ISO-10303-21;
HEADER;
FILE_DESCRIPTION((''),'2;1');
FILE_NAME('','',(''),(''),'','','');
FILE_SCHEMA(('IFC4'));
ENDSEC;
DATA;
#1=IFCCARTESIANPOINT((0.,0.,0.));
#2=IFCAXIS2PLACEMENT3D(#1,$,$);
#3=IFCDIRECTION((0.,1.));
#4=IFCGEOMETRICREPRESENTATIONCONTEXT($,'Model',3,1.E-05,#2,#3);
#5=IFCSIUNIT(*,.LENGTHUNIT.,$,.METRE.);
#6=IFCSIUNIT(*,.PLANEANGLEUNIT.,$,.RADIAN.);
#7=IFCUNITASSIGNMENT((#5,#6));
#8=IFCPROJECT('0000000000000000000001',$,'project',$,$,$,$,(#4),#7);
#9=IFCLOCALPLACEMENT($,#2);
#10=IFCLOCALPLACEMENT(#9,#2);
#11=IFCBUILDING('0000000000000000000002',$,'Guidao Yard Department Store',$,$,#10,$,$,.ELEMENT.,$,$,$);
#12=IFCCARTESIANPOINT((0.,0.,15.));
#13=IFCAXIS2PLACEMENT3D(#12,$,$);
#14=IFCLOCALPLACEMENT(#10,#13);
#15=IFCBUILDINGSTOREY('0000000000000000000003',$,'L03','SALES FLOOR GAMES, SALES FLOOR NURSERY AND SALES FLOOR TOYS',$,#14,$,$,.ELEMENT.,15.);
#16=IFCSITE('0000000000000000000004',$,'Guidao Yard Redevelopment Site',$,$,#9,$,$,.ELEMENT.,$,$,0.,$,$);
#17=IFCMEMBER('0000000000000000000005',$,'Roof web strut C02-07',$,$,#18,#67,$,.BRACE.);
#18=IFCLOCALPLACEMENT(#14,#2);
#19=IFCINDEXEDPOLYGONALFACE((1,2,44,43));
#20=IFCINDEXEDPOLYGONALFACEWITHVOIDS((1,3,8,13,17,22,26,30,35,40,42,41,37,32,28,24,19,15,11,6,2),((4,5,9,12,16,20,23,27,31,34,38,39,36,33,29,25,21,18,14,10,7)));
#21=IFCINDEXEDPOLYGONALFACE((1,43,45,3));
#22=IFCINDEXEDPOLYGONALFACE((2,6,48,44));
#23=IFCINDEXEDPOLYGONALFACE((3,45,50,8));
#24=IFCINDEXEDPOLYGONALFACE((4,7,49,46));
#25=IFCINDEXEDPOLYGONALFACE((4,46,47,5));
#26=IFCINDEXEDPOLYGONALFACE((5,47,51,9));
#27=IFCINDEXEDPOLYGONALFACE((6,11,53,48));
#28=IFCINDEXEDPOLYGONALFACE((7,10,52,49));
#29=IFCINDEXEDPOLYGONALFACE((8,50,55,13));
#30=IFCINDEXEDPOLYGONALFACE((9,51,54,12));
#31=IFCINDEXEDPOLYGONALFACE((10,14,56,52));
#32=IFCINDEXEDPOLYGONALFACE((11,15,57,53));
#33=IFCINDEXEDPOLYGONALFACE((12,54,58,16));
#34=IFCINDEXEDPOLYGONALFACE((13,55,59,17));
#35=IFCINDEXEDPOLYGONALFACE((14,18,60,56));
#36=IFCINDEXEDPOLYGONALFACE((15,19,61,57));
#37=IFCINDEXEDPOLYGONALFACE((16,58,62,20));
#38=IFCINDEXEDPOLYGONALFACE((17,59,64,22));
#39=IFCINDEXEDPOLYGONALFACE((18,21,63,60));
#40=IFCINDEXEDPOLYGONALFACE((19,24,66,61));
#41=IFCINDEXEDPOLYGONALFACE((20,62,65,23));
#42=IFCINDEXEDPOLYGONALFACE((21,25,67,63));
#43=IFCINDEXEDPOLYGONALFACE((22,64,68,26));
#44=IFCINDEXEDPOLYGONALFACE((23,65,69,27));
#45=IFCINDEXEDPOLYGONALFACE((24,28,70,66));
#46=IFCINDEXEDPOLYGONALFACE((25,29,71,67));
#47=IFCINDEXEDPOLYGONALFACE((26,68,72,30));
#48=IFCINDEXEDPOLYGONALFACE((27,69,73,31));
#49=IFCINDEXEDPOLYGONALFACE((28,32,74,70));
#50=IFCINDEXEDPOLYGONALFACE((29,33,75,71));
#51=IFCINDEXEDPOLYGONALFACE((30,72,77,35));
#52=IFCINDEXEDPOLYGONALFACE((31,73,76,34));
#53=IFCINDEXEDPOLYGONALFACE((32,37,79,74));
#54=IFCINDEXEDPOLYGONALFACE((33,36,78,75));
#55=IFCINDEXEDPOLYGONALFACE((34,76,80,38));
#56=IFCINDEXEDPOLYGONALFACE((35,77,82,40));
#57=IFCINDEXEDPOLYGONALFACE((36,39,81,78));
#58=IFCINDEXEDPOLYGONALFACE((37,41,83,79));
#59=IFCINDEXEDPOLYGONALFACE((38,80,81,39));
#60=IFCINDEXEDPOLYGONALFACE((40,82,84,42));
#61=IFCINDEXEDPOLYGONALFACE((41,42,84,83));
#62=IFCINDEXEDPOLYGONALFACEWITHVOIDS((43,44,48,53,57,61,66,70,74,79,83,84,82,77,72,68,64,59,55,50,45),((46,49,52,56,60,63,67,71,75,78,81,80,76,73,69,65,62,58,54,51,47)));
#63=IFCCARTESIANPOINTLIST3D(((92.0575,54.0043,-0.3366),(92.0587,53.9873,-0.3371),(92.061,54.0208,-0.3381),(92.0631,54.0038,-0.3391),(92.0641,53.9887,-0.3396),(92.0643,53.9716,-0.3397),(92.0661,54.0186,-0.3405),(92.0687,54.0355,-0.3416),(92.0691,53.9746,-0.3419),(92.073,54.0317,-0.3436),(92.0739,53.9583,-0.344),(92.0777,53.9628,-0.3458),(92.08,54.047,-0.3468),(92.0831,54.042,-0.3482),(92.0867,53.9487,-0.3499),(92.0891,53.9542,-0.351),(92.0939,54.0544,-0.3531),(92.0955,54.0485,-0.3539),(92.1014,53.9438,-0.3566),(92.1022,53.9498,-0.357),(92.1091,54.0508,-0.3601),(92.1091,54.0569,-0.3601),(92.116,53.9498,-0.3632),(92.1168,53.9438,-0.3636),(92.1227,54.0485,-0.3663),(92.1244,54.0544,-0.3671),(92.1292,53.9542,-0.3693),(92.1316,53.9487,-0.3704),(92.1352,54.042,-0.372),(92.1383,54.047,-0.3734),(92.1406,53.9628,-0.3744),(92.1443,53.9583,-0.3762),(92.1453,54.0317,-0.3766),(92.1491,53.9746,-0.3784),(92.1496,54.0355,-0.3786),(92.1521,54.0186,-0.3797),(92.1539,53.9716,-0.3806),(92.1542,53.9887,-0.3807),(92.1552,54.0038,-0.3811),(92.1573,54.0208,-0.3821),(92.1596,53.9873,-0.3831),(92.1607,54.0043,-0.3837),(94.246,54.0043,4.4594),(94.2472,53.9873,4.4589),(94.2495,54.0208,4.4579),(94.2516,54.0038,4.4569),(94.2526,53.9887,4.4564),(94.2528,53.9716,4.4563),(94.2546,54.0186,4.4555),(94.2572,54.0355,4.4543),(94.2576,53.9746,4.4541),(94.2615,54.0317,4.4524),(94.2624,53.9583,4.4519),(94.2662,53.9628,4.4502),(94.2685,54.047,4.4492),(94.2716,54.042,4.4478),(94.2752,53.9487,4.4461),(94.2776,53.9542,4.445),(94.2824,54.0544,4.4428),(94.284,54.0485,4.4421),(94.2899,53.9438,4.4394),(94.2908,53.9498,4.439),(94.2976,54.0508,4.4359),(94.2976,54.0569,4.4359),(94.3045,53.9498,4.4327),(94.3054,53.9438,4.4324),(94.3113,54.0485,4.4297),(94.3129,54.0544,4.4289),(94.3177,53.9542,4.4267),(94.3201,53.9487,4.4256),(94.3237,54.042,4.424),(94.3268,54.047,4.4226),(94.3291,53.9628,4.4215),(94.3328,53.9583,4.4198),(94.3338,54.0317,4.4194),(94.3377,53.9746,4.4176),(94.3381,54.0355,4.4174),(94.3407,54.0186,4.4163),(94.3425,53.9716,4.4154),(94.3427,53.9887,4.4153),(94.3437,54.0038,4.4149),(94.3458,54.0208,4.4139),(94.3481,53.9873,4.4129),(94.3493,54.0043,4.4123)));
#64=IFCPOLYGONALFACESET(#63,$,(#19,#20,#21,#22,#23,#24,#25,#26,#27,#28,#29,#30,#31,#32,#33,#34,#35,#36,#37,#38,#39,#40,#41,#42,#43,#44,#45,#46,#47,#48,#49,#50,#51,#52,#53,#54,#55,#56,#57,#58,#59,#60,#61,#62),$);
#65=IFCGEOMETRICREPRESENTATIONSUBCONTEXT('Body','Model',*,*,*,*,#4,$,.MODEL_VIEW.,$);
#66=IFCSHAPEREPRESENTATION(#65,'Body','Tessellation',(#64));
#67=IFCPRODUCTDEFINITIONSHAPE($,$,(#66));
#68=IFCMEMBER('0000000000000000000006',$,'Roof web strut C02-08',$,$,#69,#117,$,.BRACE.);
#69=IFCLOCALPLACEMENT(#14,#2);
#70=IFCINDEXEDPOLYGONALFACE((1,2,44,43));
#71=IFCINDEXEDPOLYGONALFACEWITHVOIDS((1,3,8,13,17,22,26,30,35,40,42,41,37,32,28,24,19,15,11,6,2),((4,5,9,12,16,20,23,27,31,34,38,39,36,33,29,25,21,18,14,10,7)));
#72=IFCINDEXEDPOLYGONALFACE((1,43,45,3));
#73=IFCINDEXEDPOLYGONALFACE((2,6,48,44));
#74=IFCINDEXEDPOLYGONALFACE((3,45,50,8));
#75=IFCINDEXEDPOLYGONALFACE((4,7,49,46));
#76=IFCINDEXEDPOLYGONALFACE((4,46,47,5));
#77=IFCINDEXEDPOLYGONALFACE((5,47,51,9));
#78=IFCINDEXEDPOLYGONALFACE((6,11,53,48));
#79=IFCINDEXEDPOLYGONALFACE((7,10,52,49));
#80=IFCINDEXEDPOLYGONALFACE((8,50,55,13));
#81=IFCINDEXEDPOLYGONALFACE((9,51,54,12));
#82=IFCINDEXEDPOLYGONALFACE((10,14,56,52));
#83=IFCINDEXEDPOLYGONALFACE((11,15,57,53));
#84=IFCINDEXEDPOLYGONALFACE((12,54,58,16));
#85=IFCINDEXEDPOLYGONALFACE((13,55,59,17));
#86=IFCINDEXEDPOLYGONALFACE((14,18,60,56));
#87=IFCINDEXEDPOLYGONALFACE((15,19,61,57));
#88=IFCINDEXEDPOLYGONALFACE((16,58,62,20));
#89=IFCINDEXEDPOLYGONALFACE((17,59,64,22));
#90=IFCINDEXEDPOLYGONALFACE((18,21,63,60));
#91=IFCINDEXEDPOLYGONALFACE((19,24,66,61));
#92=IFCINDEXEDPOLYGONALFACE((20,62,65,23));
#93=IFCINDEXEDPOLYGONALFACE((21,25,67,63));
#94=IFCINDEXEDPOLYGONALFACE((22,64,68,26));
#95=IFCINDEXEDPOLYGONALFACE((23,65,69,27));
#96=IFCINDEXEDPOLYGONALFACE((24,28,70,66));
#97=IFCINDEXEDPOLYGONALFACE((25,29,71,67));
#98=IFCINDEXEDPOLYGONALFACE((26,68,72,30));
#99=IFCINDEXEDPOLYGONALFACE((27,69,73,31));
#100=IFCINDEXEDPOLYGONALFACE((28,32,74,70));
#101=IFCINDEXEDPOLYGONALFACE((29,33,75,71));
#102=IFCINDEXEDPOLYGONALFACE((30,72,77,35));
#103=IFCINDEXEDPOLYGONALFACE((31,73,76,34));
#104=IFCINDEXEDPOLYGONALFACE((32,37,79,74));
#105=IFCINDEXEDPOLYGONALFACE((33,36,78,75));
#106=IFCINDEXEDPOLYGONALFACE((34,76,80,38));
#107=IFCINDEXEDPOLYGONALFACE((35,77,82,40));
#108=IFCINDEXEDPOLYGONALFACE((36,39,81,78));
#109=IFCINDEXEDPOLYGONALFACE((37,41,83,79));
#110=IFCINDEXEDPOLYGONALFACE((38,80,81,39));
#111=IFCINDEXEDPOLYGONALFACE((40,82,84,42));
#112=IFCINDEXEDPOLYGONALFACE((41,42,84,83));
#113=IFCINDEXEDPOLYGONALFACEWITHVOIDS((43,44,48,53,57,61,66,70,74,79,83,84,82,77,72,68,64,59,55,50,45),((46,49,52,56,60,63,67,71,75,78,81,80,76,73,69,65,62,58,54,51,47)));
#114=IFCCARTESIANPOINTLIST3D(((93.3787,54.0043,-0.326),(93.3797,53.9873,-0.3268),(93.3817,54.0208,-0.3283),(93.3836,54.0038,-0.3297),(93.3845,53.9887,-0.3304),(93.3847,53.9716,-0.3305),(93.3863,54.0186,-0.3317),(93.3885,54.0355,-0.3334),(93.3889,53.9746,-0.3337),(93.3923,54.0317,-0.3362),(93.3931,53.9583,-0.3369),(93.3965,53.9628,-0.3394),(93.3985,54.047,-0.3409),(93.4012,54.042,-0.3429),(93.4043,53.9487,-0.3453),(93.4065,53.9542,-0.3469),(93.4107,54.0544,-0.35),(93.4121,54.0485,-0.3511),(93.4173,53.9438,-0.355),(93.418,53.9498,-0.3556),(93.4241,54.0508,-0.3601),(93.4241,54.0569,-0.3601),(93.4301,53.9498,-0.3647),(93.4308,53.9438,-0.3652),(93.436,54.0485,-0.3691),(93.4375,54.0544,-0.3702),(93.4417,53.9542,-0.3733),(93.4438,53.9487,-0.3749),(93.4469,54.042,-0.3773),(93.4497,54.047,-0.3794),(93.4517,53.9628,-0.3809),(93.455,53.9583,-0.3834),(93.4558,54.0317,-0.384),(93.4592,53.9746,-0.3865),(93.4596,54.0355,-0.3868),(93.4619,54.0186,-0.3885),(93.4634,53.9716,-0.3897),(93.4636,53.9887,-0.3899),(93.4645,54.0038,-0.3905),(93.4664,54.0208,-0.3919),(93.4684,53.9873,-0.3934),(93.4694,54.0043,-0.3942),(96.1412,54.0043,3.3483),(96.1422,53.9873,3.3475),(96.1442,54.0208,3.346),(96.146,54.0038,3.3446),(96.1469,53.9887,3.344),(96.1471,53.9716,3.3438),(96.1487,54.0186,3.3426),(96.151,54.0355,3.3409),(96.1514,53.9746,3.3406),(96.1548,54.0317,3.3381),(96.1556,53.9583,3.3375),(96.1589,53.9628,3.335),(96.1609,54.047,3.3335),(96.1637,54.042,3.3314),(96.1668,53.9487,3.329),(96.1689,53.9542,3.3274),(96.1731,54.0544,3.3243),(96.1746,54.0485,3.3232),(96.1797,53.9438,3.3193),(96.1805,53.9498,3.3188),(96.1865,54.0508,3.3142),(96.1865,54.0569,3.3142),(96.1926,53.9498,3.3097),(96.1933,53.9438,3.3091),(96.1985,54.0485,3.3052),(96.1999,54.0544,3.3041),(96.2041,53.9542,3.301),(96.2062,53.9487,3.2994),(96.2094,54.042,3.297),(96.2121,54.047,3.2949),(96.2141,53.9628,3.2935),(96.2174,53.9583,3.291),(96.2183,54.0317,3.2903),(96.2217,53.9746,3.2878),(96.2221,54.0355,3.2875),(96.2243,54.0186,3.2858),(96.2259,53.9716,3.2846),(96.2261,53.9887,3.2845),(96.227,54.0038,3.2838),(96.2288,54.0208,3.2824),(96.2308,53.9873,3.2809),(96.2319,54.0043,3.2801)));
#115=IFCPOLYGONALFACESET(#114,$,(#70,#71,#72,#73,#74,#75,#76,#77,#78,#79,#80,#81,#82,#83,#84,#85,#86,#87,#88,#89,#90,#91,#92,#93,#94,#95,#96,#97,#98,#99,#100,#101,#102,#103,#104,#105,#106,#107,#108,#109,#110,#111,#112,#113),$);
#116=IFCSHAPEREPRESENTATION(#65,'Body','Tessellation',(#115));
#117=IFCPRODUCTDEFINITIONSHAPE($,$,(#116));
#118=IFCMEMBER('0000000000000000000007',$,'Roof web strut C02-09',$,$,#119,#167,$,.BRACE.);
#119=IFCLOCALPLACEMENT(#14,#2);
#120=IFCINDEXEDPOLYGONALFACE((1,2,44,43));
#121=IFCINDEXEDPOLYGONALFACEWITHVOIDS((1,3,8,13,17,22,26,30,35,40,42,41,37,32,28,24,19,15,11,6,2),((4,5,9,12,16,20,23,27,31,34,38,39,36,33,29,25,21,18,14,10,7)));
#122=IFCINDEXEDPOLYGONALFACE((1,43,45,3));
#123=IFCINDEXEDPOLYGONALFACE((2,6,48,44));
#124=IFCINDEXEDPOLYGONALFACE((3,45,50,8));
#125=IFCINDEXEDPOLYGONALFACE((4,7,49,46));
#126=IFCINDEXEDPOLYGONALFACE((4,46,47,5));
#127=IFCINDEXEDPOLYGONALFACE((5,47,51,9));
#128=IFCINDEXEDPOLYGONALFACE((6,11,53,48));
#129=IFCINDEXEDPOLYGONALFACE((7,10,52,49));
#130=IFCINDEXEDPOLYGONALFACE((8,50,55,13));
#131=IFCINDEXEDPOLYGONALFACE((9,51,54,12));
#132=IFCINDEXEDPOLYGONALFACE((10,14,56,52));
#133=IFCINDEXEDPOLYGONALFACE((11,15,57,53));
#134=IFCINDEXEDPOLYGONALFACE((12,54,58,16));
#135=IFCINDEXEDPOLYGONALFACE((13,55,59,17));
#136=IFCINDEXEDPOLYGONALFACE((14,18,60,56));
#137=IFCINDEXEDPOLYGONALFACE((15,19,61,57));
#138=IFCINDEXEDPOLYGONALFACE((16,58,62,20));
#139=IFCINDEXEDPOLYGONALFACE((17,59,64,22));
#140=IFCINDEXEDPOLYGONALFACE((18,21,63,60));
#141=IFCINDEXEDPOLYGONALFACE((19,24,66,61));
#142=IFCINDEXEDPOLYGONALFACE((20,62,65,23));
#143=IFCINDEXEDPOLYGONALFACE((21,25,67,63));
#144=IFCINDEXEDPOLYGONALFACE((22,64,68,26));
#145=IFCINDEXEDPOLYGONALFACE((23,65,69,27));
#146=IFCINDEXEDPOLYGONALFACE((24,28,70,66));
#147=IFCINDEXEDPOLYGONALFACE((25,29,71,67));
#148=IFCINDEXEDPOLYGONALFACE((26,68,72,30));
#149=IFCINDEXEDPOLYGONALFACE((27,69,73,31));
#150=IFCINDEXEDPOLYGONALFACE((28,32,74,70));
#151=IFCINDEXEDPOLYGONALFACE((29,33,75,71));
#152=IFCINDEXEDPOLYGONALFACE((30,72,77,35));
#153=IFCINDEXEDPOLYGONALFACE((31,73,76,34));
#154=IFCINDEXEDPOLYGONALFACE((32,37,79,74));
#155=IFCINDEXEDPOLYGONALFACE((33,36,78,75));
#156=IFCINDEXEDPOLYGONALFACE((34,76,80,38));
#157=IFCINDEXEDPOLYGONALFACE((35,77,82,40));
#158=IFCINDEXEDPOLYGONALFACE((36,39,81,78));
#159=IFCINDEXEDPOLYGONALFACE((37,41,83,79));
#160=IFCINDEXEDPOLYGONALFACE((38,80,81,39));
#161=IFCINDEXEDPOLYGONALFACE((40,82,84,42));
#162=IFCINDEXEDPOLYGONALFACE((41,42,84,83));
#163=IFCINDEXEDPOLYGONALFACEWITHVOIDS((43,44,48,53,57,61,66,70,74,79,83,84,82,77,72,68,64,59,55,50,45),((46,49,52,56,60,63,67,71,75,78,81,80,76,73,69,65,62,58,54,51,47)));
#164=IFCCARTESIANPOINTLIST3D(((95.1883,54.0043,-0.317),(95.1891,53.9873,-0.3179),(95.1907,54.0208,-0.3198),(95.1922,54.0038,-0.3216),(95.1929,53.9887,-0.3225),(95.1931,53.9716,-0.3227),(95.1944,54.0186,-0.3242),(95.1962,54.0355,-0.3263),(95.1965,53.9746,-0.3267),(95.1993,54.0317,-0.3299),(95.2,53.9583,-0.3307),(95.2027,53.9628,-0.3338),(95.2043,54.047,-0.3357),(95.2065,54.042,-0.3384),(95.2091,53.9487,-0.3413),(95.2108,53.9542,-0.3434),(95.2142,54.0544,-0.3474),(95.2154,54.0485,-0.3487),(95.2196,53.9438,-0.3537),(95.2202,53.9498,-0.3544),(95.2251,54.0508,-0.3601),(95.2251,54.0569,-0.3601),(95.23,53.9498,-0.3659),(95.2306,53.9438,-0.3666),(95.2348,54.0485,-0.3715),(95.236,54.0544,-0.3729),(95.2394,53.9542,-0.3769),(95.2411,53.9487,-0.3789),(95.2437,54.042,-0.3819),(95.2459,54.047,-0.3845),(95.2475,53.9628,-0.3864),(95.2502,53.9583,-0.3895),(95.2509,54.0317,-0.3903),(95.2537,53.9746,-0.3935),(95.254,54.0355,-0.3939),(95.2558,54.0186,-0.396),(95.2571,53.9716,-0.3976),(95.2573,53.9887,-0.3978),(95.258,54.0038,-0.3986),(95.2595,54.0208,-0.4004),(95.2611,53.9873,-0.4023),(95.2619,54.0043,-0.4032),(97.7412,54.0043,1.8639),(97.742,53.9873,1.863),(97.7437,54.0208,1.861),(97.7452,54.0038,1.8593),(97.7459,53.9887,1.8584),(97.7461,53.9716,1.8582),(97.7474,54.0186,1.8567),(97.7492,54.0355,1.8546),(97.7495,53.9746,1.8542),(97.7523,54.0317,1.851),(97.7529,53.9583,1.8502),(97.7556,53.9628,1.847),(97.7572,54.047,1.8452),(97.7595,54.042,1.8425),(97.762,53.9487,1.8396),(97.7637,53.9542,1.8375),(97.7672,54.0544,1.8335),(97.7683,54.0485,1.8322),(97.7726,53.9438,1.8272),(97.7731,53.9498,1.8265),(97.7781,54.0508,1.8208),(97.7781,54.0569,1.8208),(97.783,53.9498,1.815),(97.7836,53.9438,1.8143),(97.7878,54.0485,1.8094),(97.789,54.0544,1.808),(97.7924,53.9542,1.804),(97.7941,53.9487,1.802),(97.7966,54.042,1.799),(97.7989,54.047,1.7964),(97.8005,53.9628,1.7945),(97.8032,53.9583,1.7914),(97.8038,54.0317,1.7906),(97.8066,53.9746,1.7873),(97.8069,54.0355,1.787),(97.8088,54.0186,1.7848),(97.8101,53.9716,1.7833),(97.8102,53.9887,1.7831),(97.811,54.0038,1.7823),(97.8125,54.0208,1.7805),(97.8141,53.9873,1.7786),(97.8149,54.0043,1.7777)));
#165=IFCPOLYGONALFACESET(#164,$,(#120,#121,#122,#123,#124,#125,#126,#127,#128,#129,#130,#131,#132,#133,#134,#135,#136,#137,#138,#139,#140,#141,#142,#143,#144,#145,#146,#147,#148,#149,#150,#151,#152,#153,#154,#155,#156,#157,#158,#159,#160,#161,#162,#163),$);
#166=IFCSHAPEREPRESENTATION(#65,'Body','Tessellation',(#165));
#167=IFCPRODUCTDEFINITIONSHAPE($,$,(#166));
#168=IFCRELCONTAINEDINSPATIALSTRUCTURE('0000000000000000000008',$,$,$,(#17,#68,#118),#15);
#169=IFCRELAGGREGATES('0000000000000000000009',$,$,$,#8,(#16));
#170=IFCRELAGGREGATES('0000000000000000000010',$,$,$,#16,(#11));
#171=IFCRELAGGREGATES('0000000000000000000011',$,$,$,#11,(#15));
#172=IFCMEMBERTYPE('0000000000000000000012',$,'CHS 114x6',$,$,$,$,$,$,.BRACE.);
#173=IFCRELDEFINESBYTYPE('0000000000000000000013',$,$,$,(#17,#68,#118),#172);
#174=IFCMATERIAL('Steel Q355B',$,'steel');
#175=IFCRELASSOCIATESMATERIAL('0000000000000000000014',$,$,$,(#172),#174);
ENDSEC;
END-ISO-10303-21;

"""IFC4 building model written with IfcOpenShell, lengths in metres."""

from ifc_helpers import new_model, si_unit, direction, frame, origin, origin_2d, place, context, subcontext, project, spatial, hollow_circle, extrude, material, material_profile, profile_set, type_object, element, save


model = new_model("IFC4")

# Units and contexts
model_context = context("Model", 3, precision=1e-05, world=origin(), true_north=direction((0.0, 1.0)))
body_context = subcontext(model_context, "Body", "Model", "MODEL_VIEW")
ifc_project = project(units=[si_unit("LENGTHUNIT", "METRE"), si_unit("PLANEANGLEUNIT", "RADIAN")], contexts=[model_context])

# Site, building, storey
site_placement = place(None, origin())
site = spatial("IfcSite", under=ifc_project, at=site_placement, Name="Guidao Yard Redevelopment Site", CompositionType="ELEMENT", RefElevation=0.0)
building_placement = place(site_placement, origin())
building = spatial("IfcBuilding", under=site, at=building_placement, Name="Guidao Yard Department Store", CompositionType="ELEMENT")
storey_placement = place(building_placement, frame((0.0, 0.0, 15.0)))
storey = spatial("IfcBuildingStorey", under=building, at=storey_placement, Name="L03", Description="SALES FLOOR GAMES, SALES FLOOR NURSERY AND SALES FLOOR TOYS", CompositionType="ELEMENT", Elevation=15.0)

# Members
ifc_material_1 = material(Name="Steel Q355B", Category="steel")
ifc_material_profile_1 = material_profile(ifc_material_1, hollow_circle(Radius=0.0569, WallThickness=0.0061, at=origin_2d()), Name="CHS 114x6")
ifc_profile_set_1 = profile_set([ifc_material_profile_1], Name="Steel Q355B")
member_type_1 = type_object("IfcMemberType", Name="CHS 114x6", PredefinedType="BRACE", material=ifc_profile_set_1)
member_1_placement = place(storey_placement, frame((92.1091, 54.0, -0.3601), z_axis=(0.415142, 0.0, 0.909756), x_axis=(0.0, 1.0, 0.0)))
element("IfcMember", 1, at=member_1_placement, inside=storey, type_object=member_type_1, Name="Roof web strut C02-07", PredefinedType="BRACE", context=body_context, shape_type="SweptSolid", body=[
    extrude(hollow_circle(Radius=0.0569, WallThickness=0.0061, at=origin_2d()), origin(), (0.0, 0.0, 1.0), 5.2717),
])
member_2_placement = place(storey_placement, frame((93.4241, 54.0, -0.3601), z_axis=(0.600934, 0.0, 0.799298), x_axis=(0.0, 1.0, 0.0)))
element("IfcMember", 2, at=member_2_placement, inside=storey, type_object=member_type_1, Name="Roof web strut C02-08", PredefinedType="BRACE", context=body_context, shape_type="SweptSolid", body=[
    extrude(hollow_circle(Radius=0.0569, WallThickness=0.0061, at=origin_2d()), origin(), (0.0, 0.0, 1.0), 4.5969),
])
member_3_placement = place(storey_placement, frame((95.2251, 54.0, -0.3601), z_axis=(0.760339, 0.0, 0.649527), x_axis=(0.0, 1.0, 0.0)))
element("IfcMember", 3, at=member_3_placement, inside=storey, type_object=member_type_1, Name="Roof web strut C02-09", PredefinedType="BRACE", context=body_context, shape_type="SweptSolid", body=[
    extrude(hollow_circle(Radius=0.0569, WallThickness=0.0061, at=origin_2d()), origin(), (0.0, 0.0, 1.0), 3.3577),
])

save(model, "model.ifc")
